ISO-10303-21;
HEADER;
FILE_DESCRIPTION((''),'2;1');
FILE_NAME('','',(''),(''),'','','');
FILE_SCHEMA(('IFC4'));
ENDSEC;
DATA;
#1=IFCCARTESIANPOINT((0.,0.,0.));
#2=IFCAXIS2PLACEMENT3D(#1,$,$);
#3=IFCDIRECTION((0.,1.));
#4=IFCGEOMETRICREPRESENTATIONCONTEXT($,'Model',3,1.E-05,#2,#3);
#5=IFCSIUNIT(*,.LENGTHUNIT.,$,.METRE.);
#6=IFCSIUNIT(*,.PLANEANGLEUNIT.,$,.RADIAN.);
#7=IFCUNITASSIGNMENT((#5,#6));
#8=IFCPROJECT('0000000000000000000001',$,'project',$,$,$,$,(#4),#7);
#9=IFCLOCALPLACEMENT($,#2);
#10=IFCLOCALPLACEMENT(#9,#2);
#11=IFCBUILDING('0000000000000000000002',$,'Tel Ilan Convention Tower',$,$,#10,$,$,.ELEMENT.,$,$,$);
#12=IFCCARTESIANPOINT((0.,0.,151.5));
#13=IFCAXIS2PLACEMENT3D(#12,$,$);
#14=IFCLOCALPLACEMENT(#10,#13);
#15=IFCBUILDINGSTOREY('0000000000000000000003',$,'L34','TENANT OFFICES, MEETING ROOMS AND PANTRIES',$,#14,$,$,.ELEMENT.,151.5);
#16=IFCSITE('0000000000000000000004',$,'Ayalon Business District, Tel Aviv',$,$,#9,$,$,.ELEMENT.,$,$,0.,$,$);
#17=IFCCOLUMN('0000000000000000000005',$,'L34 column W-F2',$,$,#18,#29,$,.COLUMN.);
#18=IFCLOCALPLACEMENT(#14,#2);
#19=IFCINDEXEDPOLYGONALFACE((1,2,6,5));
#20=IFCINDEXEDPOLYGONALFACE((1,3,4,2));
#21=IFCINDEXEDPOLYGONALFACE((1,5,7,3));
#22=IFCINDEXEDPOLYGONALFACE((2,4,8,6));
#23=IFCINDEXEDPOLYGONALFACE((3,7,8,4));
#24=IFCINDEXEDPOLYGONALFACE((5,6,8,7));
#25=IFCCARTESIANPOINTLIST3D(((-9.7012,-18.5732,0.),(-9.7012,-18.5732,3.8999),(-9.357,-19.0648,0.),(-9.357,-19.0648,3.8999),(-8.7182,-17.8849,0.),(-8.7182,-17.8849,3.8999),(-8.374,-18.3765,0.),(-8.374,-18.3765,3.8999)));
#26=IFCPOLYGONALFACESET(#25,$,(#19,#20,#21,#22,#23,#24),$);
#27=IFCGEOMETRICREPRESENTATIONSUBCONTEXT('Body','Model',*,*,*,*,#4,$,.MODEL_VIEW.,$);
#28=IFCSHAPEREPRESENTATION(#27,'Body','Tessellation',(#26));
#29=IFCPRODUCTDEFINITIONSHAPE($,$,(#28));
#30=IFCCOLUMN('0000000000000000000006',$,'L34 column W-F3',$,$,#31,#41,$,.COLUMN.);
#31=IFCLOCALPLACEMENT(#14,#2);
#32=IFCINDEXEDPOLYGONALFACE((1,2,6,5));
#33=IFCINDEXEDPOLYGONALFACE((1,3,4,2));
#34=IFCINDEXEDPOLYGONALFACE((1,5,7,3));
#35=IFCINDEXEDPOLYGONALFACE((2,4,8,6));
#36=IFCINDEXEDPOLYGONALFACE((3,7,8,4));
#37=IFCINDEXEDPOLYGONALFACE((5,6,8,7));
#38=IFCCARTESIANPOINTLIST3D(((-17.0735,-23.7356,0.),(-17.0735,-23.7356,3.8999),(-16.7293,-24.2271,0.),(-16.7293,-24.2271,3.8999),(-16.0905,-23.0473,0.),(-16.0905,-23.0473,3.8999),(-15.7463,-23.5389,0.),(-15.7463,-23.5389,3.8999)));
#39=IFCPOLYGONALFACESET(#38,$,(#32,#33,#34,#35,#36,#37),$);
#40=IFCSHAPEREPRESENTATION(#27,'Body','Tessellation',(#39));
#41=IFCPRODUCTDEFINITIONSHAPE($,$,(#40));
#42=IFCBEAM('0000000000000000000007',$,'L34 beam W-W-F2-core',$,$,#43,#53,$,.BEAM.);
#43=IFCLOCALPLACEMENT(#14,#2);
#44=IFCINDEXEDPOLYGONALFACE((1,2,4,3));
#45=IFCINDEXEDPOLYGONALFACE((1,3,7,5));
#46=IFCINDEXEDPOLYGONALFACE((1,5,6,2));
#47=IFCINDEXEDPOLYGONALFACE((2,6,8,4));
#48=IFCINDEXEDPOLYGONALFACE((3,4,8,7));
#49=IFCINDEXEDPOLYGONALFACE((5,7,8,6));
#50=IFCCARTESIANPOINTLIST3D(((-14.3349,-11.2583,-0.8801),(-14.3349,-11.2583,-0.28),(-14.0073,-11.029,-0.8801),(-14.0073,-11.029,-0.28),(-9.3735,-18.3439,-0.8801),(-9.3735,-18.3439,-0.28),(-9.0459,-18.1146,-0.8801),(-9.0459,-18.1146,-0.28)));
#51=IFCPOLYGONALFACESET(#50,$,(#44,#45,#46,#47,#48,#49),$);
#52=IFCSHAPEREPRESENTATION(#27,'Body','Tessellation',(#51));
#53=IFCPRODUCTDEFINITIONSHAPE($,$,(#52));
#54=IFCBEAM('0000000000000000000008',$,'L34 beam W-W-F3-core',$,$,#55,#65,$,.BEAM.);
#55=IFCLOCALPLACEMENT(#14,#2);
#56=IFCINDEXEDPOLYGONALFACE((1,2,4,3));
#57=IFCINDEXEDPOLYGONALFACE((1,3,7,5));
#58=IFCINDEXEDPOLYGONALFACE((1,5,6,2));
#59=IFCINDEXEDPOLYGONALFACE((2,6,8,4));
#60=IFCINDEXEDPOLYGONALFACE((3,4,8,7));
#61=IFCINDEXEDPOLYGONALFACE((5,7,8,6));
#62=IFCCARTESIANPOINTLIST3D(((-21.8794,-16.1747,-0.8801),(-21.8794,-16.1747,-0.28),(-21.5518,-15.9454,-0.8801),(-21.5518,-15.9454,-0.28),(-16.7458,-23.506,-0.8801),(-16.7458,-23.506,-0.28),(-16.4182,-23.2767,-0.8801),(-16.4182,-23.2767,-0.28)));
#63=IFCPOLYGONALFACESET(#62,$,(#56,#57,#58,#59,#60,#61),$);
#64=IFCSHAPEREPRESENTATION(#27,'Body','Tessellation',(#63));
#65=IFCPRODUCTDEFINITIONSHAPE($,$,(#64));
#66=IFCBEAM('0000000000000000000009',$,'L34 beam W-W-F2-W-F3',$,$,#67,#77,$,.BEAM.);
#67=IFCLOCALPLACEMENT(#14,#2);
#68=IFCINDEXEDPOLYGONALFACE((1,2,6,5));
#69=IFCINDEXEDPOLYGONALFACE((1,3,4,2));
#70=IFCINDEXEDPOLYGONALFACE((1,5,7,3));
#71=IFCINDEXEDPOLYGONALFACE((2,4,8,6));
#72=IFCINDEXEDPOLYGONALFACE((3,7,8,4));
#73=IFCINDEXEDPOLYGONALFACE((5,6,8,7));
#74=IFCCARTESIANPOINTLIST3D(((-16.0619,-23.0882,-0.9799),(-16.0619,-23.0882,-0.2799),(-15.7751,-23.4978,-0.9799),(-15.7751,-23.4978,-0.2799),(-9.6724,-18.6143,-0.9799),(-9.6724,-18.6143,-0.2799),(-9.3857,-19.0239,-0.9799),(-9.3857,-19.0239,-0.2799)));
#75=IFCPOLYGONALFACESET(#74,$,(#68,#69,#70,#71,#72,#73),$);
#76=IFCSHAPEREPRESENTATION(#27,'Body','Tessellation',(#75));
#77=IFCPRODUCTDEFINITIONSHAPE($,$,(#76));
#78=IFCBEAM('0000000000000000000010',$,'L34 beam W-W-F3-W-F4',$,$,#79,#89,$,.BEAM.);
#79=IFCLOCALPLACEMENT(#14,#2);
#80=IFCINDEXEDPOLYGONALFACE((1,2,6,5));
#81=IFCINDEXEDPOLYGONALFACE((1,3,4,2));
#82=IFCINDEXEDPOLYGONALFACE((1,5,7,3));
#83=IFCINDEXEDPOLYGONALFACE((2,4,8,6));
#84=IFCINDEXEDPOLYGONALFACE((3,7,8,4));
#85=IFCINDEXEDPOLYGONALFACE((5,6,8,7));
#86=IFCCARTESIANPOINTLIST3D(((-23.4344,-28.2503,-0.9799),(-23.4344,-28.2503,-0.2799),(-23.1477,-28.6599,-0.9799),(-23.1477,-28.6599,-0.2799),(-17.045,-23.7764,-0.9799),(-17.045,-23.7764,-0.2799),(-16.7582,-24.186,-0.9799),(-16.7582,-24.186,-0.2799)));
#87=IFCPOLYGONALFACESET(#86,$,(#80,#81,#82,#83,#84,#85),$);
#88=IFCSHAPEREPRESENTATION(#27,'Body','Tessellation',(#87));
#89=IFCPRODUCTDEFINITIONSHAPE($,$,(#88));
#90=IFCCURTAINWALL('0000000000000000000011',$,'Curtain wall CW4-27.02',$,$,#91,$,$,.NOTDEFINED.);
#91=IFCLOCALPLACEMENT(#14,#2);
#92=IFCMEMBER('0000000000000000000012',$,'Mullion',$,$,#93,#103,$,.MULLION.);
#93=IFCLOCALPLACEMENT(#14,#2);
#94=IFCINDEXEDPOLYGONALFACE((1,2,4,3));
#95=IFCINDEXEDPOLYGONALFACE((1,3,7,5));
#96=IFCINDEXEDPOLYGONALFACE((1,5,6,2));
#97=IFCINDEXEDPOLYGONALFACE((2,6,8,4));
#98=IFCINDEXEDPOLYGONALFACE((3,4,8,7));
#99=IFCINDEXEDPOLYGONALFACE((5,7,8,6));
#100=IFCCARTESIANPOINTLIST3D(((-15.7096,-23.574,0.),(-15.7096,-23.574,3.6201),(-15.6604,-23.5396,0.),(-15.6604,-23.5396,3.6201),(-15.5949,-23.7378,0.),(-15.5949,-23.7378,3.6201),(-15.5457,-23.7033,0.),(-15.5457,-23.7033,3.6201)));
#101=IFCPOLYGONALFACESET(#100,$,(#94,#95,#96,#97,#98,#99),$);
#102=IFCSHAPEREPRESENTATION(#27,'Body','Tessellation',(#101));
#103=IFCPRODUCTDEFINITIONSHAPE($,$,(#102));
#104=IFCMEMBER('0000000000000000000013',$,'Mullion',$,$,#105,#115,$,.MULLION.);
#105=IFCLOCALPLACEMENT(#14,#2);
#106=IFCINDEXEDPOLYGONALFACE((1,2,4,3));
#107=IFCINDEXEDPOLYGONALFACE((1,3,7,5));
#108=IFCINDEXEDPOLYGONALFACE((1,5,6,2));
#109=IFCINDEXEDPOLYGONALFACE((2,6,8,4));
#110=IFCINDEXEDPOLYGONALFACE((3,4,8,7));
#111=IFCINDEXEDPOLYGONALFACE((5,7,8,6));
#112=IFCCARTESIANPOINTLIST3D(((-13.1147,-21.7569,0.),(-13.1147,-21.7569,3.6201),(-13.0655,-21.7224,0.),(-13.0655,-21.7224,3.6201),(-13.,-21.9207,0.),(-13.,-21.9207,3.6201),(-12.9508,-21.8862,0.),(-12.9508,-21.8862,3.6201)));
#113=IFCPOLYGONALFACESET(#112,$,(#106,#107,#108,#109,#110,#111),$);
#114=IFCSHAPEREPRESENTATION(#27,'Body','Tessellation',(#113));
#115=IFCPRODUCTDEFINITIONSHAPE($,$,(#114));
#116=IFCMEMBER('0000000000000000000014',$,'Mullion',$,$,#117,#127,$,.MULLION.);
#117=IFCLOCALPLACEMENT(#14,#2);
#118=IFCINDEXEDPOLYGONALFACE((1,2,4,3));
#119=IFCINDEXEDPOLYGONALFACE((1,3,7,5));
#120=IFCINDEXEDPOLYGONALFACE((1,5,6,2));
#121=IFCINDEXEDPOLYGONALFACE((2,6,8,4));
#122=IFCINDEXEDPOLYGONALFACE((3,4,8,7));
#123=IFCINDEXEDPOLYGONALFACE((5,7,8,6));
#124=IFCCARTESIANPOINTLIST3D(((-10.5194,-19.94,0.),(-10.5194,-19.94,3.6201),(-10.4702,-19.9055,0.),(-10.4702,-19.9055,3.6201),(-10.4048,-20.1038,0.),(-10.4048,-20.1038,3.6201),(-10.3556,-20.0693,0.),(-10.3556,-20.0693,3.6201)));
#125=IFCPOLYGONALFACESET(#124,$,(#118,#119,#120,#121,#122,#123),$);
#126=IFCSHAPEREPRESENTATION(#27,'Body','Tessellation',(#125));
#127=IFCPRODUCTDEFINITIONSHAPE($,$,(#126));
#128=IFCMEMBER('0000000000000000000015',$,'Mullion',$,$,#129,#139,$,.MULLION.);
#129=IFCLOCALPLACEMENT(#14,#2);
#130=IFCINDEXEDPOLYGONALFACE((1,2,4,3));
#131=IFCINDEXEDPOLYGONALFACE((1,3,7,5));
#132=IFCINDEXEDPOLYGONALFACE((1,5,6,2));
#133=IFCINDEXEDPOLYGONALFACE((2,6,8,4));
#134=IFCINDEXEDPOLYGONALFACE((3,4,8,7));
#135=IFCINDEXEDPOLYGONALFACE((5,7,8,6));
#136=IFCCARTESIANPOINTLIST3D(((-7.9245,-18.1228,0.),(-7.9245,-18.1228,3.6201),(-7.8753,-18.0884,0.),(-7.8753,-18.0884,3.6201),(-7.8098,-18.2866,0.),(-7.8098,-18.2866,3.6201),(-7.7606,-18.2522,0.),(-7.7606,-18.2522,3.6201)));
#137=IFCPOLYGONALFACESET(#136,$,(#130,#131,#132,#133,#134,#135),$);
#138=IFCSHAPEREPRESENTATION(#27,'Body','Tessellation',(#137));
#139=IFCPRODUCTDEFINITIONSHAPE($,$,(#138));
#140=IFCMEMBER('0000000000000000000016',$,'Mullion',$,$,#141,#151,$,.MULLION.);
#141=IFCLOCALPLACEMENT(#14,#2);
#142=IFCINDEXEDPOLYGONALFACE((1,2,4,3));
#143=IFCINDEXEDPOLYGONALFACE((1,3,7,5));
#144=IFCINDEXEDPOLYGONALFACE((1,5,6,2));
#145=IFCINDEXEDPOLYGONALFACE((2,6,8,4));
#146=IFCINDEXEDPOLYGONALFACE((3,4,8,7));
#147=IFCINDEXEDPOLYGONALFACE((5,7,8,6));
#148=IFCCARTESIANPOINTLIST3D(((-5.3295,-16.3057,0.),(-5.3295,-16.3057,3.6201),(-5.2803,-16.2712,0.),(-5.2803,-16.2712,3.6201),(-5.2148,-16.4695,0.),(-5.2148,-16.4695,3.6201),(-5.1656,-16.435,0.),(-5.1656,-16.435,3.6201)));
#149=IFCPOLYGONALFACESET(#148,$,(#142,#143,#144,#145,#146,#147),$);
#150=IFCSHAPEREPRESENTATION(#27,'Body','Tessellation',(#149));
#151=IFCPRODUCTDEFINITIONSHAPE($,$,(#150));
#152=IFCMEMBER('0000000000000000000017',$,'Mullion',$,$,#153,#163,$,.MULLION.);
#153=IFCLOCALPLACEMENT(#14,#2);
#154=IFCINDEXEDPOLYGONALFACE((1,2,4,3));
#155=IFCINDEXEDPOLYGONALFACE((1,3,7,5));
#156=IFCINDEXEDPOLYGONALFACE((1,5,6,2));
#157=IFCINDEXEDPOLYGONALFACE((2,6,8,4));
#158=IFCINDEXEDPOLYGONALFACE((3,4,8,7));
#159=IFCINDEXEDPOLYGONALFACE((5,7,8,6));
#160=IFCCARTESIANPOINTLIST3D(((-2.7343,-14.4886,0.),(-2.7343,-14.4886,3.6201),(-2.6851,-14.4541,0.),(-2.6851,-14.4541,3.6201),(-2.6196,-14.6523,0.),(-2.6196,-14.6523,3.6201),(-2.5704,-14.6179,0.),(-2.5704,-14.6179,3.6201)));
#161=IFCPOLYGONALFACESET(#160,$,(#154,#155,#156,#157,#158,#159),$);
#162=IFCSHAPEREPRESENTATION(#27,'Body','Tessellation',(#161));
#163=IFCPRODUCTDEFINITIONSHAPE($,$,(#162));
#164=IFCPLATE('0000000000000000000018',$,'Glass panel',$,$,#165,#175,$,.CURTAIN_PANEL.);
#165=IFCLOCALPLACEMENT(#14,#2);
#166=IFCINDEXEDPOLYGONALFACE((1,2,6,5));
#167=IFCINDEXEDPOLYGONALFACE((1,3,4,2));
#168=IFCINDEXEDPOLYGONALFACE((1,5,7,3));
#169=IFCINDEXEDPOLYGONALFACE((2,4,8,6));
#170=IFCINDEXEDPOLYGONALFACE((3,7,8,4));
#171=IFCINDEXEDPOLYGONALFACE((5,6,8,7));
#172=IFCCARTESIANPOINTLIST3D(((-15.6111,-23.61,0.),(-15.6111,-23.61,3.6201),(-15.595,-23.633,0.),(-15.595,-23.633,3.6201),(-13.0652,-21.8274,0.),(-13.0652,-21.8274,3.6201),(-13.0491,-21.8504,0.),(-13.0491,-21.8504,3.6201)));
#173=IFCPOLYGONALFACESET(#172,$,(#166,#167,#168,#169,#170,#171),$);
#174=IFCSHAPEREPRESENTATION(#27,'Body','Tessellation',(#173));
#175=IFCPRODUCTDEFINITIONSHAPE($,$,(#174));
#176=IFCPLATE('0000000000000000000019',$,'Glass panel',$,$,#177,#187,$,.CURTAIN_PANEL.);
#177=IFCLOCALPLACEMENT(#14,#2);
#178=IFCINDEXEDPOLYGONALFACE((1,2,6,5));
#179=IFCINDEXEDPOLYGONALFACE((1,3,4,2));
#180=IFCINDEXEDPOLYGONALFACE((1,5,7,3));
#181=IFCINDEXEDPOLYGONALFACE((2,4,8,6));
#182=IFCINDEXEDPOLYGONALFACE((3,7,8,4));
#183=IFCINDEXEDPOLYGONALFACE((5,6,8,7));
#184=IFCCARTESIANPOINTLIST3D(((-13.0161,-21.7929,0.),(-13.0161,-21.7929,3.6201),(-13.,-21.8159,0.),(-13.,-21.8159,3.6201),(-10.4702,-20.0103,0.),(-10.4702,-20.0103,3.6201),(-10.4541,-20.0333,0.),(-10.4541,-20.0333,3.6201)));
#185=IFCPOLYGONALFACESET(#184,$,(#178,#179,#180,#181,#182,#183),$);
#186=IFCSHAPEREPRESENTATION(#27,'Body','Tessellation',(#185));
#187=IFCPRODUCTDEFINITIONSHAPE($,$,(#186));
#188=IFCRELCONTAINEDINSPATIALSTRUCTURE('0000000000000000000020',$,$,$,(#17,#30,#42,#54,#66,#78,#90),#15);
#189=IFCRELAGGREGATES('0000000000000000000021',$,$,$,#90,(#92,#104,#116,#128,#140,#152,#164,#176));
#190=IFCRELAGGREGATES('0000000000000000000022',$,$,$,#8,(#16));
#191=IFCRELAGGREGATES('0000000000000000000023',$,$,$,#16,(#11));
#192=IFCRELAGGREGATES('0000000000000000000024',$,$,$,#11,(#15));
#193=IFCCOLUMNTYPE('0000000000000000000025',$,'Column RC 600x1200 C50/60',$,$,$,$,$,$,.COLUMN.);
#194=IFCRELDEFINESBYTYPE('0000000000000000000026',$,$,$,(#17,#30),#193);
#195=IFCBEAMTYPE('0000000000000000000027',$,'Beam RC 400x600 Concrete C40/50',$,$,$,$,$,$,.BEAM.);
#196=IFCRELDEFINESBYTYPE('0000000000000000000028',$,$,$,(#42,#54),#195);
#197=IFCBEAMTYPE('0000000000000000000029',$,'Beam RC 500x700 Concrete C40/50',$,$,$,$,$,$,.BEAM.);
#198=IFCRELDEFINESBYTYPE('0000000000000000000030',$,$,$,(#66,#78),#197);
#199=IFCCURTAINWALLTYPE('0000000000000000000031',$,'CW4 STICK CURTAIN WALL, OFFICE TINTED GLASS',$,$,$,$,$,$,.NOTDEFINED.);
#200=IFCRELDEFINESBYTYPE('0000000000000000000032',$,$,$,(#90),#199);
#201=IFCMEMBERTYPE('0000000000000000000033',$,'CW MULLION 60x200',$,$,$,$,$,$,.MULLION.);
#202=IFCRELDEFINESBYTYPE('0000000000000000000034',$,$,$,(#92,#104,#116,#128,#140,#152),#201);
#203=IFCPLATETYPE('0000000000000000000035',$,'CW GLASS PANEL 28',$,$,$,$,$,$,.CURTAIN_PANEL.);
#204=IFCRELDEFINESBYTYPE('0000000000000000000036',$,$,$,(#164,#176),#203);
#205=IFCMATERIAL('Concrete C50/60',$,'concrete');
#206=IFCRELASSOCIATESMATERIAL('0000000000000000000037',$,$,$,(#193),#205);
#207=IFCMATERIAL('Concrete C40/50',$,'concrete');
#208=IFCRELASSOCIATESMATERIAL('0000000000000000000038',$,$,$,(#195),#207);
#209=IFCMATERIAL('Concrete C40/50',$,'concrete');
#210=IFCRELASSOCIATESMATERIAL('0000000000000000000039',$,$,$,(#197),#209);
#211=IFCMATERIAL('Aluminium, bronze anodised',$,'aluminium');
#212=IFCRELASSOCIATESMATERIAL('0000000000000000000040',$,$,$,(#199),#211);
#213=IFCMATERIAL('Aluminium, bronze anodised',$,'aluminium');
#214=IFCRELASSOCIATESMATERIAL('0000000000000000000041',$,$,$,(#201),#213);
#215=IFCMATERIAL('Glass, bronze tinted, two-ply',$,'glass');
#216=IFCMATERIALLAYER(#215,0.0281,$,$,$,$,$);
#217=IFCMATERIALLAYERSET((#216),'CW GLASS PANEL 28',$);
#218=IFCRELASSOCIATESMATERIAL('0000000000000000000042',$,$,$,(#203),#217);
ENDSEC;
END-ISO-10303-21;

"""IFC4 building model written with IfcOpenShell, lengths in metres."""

from ifc_helpers import new_model, si_unit, direction, frame, origin, origin_2d, place, context, subcontext, project, spatial, rectangle, extrude, material, layer, layer_set, material_profile, profile_set, type_object, element, aggregate, save


model = new_model("IFC4")

# Units and contexts
model_context = context("Model", 3, precision=1e-05, world=origin(), true_north=direction((0.0, 1.0)))
body_context = subcontext(model_context, "Body", "Model", "MODEL_VIEW")
ifc_project = project(units=[si_unit("LENGTHUNIT", "METRE"), si_unit("PLANEANGLEUNIT", "RADIAN")], contexts=[model_context])

# Site, building, storey
site_placement = place(None, origin())
site = spatial("IfcSite", under=ifc_project, at=site_placement, Name="Ayalon Business District, Tel Aviv", CompositionType="ELEMENT", RefElevation=0.0)
building_placement = place(site_placement, origin())
building = spatial("IfcBuilding", under=site, at=building_placement, Name="Tel Ilan Convention Tower", CompositionType="ELEMENT")
storey_placement = place(building_placement, frame((0.0, 0.0, 151.5)))
storey = spatial("IfcBuildingStorey", under=building, at=storey_placement, Name="L34", Description="TENANT OFFICES, MEETING ROOMS AND PANTRIES", CompositionType="ELEMENT", Elevation=151.5)

# Columns
ifc_material_1 = material(Name="Concrete C50/60", Category="concrete")
ifc_material_profile_1 = material_profile(ifc_material_1, rectangle(XDim=1.2, YDim=0.6001, at=origin_2d()), Name="RC 600x1200")
ifc_profile_set_1 = profile_set([ifc_material_profile_1], Name="Concrete C50/60")
column_type = type_object("IfcColumnType", Name="Column RC 600x1200 C50/60", PredefinedType="COLUMN", material=ifc_profile_set_1)
for number, where, z_axis, x_axis, name in (
    (1, (-9.0376, -18.4749, 0.0), (0.0, 0.0, 1.0), (-0.819152, -0.573576, 0.0), "L34 column W-F2"),
    (2, (-16.4099, -23.6372, 0.0), (0.0, 0.0, 1.0), (-0.819152, -0.573576, 0.0), "L34 column W-F3"),
):
    element("IfcColumn", number, at=place(storey_placement, frame(where, z_axis=z_axis, x_axis=x_axis)), inside=storey, type_object=column_type, Name=name, PredefinedType="COLUMN", context=body_context, shape_type="SweptSolid", body=[
        extrude(rectangle(XDim=1.2, YDim=0.6001, at=origin_2d()), origin(), (0.0, 0.0, 1.0), 3.8999),
    ])

# Beams
ifc_material_2 = material(Name="Concrete C40/50", Category="concrete")
ifc_material_profile_2 = material_profile(ifc_material_2, rectangle(XDim=0.3999, YDim=0.6001, at=origin_2d()), Name="RC 400x600")
ifc_profile_set_2 = profile_set([ifc_material_profile_2], Name="Concrete C40/50")
beam_type_1 = type_object("IfcBeamType", Name="Beam RC 400x600 Concrete C40/50", PredefinedType="BEAM", material=ifc_profile_set_2)
beam_1_placement = place(storey_placement, frame((-9.2097, -18.2292, -0.5801), z_axis=(-0.573574, 0.819154, 0.0), x_axis=(-0.819154, -0.573574, 0.0)))
element("IfcBeam", 3, at=beam_1_placement, inside=storey, type_object=beam_type_1, Name="L34 beam W-W-F2-core", PredefinedType="BEAM", context=body_context, shape_type="SweptSolid", body=[
    extrude(rectangle(XDim=0.3999, YDim=0.6001, at=origin_2d()), origin(), (0.0, 0.0, 1.0), 8.6499),
])
beam_2_placement = place(storey_placement, frame((-16.582, -23.3914, -0.5801), z_axis=(-0.573585, 0.819146, 0.0), x_axis=(-0.819146, -0.573585, 0.0)))
element("IfcBeam", 4, at=beam_2_placement, inside=storey, type_object=beam_type_1, Name="L34 beam W-W-F3-core", PredefinedType="BEAM", context=body_context, shape_type="SweptSolid", body=[
    extrude(rectangle(XDim=0.3999, YDim=0.6001, at=origin_2d()), origin(), (0.0, 0.0, 1.0), 8.95),
])
ifc_material_3 = material(Name="Concrete C40/50", Category="concrete")
ifc_material_profile_3 = material_profile(ifc_material_3, rectangle(XDim=0.5, YDim=0.7, at=origin_2d()), Name="RC 500x700")
ifc_profile_set_3 = profile_set([ifc_material_profile_3], Name="Concrete C40/50")
beam_type_2 = type_object("IfcBeamType", Name="Beam RC 500x700 Concrete C40/50", PredefinedType="BEAM", material=ifc_profile_set_3)
for number, where, z_axis, x_axis, name in (
    (5, (-9.5291, -18.8191, -0.6299), (-0.819154, -0.573574, 0.0), (0.573574, -0.819154, 0.0), "L34 beam W-W-F2-W-F3"),
    (6, (-16.9016, -23.9812, -0.6299), (-0.819154, -0.573574, 0.0), (0.573574, -0.819154, 0.0), "L34 beam W-W-F3-W-F4"),
):
    element("IfcBeam", number, at=place(storey_placement, frame(where, z_axis=z_axis, x_axis=x_axis)), inside=storey, type_object=beam_type_2, Name=name, PredefinedType="BEAM", context=body_context, shape_type="SweptSolid", body=[
        extrude(rectangle(XDim=0.5, YDim=0.7, at=origin_2d()), origin(), (0.0, 0.0, 1.0), 7.8),
    ])

# Curtain wall, members, plates
ifc_material_4 = material(Name="Aluminium, bronze anodised", Category="aluminium")
curtain_wall_type = type_object("IfcCurtainWallType", Name="CW4 STICK CURTAIN WALL, OFFICE TINTED GLASS", PredefinedType="NOTDEFINED", material=ifc_material_4)
curtain_wall_placement = place(storey_placement, origin())
curtain_wall = element("IfcCurtainWall", 7, at=curtain_wall_placement, inside=storey, type_object=curtain_wall_type, Name="Curtain wall CW4-27.02", PredefinedType="NOTDEFINED")
ifc_material_5 = material(Name="Aluminium, bronze anodised", Category="aluminium")
ifc_material_profile_4 = material_profile(ifc_material_5, rectangle(XDim=0.0601, YDim=0.2, at=origin_2d()), Name="CW MULLION 60x200")
ifc_profile_set_4 = profile_set([ifc_material_profile_4], Name="Aluminium, bronze anodised")
member_type = type_object("IfcMemberType", Name="CW MULLION 60x200", PredefinedType="MULLION", material=ifc_profile_set_4)
member_1_placement = place(storey_placement, frame((-15.6277, -23.6387, 0.0), z_axis=(0.0, 0.0, 1.0), x_axis=(0.819152, 0.573576, 0.0)))
member_1 = element("IfcMember", 8, at=member_1_placement, type_object=member_type, Name="Mullion", PredefinedType="MULLION", context=body_context, shape_type="SweptSolid", body=[
    extrude(rectangle(XDim=0.0601, YDim=0.2, at=origin_2d()), origin(), (0.0, 0.0, 1.0), 3.6201),
])
member_2_placement = place(storey_placement, frame((-13.0327, -21.8215, 0.0), z_axis=(0.0, 0.0, 1.0), x_axis=(0.819152, 0.573576, 0.0)))
member_2 = element("IfcMember", 9, at=member_2_placement, type_object=member_type, Name="Mullion", PredefinedType="MULLION", context=body_context, shape_type="SweptSolid", body=[
    extrude(rectangle(XDim=0.0601, YDim=0.2, at=origin_2d()), origin(), (0.0, 0.0, 1.0), 3.6201),
])
member_3_placement = place(storey_placement, frame((-10.4375, -20.0046, 0.0), z_axis=(0.0, 0.0, 1.0), x_axis=(0.819152, 0.573576, 0.0)))
member_3 = element("IfcMember", 10, at=member_3_placement, type_object=member_type, Name="Mullion", PredefinedType="MULLION", context=body_context, shape_type="SweptSolid", body=[
    extrude(rectangle(XDim=0.0601, YDim=0.2, at=origin_2d()), origin(), (0.0, 0.0, 1.0), 3.6201),
])
member_4_placement = place(storey_placement, frame((-7.8425, -18.1875, 0.0), z_axis=(0.0, 0.0, 1.0), x_axis=(0.819152, 0.573576, 0.0)))
member_4 = element("IfcMember", 11, at=member_4_placement, type_object=member_type, Name="Mullion", PredefinedType="MULLION", context=body_context, shape_type="SweptSolid", body=[
    extrude(rectangle(XDim=0.0601, YDim=0.2, at=origin_2d()), origin(), (0.0, 0.0, 1.0), 3.6201),
])
member_5_placement = place(storey_placement, frame((-5.2476, -16.3704, 0.0), z_axis=(0.0, 0.0, 1.0), x_axis=(0.819152, 0.573576, 0.0)))
member_5 = element("IfcMember", 12, at=member_5_placement, type_object=member_type, Name="Mullion", PredefinedType="MULLION", context=body_context, shape_type="SweptSolid", body=[
    extrude(rectangle(XDim=0.0601, YDim=0.2, at=origin_2d()), origin(), (0.0, 0.0, 1.0), 3.6201),
])
member_6_placement = place(storey_placement, frame((-2.6523, -14.5532, 0.0), z_axis=(0.0, 0.0, 1.0), x_axis=(0.819152, 0.573576, 0.0)))
member_6 = element("IfcMember", 13, at=member_6_placement, type_object=member_type, Name="Mullion", PredefinedType="MULLION", context=body_context, shape_type="SweptSolid", body=[
    extrude(rectangle(XDim=0.0601, YDim=0.2, at=origin_2d()), origin(), (0.0, 0.0, 1.0), 3.6201),
])
ifc_material_6 = material(Name="Glass, bronze tinted, two-ply", Category="glass")
ifc_layer_1 = layer(ifc_material_6, 0.0281)
ifc_layer_set_1 = layer_set([ifc_layer_1], Name="CW GLASS PANEL 28")
plate_type = type_object("IfcPlateType", Name="CW GLASS PANEL 28", PredefinedType="CURTAIN_PANEL", material=ifc_layer_set_1)
plate_1_placement = place(storey_placement, frame((-14.3301, -22.7302, 0.0), z_axis=(0.0, 0.0, 1.0), x_axis=(0.819152, 0.573576, 0.0)))
plate_1 = element("IfcPlate", 14, at=plate_1_placement, type_object=plate_type, Name="Glass panel", PredefinedType="CURTAIN_PANEL", context=body_context, shape_type="SweptSolid", body=[
    extrude(rectangle(XDim=3.1079, YDim=0.0281, at=origin_2d()), origin(), (0.0, 0.0, 1.0), 3.6201),
])
plate_2_placement = place(storey_placement, frame((-11.7351, -20.9131, 0.0), z_axis=(0.0, 0.0, 1.0), x_axis=(0.819152, 0.573576, 0.0)))
plate_2 = element("IfcPlate", 15, at=plate_2_placement, type_object=plate_type, Name="Glass panel", PredefinedType="CURTAIN_PANEL", context=body_context, shape_type="SweptSolid", body=[
    extrude(rectangle(XDim=3.1079, YDim=0.0281, at=origin_2d()), origin(), (0.0, 0.0, 1.0), 3.6201),
])
aggregate(curtain_wall, [member_1, member_2, member_3, member_4, member_5, member_6, plate_1, plate_2])

save(model, "model.ifc")
